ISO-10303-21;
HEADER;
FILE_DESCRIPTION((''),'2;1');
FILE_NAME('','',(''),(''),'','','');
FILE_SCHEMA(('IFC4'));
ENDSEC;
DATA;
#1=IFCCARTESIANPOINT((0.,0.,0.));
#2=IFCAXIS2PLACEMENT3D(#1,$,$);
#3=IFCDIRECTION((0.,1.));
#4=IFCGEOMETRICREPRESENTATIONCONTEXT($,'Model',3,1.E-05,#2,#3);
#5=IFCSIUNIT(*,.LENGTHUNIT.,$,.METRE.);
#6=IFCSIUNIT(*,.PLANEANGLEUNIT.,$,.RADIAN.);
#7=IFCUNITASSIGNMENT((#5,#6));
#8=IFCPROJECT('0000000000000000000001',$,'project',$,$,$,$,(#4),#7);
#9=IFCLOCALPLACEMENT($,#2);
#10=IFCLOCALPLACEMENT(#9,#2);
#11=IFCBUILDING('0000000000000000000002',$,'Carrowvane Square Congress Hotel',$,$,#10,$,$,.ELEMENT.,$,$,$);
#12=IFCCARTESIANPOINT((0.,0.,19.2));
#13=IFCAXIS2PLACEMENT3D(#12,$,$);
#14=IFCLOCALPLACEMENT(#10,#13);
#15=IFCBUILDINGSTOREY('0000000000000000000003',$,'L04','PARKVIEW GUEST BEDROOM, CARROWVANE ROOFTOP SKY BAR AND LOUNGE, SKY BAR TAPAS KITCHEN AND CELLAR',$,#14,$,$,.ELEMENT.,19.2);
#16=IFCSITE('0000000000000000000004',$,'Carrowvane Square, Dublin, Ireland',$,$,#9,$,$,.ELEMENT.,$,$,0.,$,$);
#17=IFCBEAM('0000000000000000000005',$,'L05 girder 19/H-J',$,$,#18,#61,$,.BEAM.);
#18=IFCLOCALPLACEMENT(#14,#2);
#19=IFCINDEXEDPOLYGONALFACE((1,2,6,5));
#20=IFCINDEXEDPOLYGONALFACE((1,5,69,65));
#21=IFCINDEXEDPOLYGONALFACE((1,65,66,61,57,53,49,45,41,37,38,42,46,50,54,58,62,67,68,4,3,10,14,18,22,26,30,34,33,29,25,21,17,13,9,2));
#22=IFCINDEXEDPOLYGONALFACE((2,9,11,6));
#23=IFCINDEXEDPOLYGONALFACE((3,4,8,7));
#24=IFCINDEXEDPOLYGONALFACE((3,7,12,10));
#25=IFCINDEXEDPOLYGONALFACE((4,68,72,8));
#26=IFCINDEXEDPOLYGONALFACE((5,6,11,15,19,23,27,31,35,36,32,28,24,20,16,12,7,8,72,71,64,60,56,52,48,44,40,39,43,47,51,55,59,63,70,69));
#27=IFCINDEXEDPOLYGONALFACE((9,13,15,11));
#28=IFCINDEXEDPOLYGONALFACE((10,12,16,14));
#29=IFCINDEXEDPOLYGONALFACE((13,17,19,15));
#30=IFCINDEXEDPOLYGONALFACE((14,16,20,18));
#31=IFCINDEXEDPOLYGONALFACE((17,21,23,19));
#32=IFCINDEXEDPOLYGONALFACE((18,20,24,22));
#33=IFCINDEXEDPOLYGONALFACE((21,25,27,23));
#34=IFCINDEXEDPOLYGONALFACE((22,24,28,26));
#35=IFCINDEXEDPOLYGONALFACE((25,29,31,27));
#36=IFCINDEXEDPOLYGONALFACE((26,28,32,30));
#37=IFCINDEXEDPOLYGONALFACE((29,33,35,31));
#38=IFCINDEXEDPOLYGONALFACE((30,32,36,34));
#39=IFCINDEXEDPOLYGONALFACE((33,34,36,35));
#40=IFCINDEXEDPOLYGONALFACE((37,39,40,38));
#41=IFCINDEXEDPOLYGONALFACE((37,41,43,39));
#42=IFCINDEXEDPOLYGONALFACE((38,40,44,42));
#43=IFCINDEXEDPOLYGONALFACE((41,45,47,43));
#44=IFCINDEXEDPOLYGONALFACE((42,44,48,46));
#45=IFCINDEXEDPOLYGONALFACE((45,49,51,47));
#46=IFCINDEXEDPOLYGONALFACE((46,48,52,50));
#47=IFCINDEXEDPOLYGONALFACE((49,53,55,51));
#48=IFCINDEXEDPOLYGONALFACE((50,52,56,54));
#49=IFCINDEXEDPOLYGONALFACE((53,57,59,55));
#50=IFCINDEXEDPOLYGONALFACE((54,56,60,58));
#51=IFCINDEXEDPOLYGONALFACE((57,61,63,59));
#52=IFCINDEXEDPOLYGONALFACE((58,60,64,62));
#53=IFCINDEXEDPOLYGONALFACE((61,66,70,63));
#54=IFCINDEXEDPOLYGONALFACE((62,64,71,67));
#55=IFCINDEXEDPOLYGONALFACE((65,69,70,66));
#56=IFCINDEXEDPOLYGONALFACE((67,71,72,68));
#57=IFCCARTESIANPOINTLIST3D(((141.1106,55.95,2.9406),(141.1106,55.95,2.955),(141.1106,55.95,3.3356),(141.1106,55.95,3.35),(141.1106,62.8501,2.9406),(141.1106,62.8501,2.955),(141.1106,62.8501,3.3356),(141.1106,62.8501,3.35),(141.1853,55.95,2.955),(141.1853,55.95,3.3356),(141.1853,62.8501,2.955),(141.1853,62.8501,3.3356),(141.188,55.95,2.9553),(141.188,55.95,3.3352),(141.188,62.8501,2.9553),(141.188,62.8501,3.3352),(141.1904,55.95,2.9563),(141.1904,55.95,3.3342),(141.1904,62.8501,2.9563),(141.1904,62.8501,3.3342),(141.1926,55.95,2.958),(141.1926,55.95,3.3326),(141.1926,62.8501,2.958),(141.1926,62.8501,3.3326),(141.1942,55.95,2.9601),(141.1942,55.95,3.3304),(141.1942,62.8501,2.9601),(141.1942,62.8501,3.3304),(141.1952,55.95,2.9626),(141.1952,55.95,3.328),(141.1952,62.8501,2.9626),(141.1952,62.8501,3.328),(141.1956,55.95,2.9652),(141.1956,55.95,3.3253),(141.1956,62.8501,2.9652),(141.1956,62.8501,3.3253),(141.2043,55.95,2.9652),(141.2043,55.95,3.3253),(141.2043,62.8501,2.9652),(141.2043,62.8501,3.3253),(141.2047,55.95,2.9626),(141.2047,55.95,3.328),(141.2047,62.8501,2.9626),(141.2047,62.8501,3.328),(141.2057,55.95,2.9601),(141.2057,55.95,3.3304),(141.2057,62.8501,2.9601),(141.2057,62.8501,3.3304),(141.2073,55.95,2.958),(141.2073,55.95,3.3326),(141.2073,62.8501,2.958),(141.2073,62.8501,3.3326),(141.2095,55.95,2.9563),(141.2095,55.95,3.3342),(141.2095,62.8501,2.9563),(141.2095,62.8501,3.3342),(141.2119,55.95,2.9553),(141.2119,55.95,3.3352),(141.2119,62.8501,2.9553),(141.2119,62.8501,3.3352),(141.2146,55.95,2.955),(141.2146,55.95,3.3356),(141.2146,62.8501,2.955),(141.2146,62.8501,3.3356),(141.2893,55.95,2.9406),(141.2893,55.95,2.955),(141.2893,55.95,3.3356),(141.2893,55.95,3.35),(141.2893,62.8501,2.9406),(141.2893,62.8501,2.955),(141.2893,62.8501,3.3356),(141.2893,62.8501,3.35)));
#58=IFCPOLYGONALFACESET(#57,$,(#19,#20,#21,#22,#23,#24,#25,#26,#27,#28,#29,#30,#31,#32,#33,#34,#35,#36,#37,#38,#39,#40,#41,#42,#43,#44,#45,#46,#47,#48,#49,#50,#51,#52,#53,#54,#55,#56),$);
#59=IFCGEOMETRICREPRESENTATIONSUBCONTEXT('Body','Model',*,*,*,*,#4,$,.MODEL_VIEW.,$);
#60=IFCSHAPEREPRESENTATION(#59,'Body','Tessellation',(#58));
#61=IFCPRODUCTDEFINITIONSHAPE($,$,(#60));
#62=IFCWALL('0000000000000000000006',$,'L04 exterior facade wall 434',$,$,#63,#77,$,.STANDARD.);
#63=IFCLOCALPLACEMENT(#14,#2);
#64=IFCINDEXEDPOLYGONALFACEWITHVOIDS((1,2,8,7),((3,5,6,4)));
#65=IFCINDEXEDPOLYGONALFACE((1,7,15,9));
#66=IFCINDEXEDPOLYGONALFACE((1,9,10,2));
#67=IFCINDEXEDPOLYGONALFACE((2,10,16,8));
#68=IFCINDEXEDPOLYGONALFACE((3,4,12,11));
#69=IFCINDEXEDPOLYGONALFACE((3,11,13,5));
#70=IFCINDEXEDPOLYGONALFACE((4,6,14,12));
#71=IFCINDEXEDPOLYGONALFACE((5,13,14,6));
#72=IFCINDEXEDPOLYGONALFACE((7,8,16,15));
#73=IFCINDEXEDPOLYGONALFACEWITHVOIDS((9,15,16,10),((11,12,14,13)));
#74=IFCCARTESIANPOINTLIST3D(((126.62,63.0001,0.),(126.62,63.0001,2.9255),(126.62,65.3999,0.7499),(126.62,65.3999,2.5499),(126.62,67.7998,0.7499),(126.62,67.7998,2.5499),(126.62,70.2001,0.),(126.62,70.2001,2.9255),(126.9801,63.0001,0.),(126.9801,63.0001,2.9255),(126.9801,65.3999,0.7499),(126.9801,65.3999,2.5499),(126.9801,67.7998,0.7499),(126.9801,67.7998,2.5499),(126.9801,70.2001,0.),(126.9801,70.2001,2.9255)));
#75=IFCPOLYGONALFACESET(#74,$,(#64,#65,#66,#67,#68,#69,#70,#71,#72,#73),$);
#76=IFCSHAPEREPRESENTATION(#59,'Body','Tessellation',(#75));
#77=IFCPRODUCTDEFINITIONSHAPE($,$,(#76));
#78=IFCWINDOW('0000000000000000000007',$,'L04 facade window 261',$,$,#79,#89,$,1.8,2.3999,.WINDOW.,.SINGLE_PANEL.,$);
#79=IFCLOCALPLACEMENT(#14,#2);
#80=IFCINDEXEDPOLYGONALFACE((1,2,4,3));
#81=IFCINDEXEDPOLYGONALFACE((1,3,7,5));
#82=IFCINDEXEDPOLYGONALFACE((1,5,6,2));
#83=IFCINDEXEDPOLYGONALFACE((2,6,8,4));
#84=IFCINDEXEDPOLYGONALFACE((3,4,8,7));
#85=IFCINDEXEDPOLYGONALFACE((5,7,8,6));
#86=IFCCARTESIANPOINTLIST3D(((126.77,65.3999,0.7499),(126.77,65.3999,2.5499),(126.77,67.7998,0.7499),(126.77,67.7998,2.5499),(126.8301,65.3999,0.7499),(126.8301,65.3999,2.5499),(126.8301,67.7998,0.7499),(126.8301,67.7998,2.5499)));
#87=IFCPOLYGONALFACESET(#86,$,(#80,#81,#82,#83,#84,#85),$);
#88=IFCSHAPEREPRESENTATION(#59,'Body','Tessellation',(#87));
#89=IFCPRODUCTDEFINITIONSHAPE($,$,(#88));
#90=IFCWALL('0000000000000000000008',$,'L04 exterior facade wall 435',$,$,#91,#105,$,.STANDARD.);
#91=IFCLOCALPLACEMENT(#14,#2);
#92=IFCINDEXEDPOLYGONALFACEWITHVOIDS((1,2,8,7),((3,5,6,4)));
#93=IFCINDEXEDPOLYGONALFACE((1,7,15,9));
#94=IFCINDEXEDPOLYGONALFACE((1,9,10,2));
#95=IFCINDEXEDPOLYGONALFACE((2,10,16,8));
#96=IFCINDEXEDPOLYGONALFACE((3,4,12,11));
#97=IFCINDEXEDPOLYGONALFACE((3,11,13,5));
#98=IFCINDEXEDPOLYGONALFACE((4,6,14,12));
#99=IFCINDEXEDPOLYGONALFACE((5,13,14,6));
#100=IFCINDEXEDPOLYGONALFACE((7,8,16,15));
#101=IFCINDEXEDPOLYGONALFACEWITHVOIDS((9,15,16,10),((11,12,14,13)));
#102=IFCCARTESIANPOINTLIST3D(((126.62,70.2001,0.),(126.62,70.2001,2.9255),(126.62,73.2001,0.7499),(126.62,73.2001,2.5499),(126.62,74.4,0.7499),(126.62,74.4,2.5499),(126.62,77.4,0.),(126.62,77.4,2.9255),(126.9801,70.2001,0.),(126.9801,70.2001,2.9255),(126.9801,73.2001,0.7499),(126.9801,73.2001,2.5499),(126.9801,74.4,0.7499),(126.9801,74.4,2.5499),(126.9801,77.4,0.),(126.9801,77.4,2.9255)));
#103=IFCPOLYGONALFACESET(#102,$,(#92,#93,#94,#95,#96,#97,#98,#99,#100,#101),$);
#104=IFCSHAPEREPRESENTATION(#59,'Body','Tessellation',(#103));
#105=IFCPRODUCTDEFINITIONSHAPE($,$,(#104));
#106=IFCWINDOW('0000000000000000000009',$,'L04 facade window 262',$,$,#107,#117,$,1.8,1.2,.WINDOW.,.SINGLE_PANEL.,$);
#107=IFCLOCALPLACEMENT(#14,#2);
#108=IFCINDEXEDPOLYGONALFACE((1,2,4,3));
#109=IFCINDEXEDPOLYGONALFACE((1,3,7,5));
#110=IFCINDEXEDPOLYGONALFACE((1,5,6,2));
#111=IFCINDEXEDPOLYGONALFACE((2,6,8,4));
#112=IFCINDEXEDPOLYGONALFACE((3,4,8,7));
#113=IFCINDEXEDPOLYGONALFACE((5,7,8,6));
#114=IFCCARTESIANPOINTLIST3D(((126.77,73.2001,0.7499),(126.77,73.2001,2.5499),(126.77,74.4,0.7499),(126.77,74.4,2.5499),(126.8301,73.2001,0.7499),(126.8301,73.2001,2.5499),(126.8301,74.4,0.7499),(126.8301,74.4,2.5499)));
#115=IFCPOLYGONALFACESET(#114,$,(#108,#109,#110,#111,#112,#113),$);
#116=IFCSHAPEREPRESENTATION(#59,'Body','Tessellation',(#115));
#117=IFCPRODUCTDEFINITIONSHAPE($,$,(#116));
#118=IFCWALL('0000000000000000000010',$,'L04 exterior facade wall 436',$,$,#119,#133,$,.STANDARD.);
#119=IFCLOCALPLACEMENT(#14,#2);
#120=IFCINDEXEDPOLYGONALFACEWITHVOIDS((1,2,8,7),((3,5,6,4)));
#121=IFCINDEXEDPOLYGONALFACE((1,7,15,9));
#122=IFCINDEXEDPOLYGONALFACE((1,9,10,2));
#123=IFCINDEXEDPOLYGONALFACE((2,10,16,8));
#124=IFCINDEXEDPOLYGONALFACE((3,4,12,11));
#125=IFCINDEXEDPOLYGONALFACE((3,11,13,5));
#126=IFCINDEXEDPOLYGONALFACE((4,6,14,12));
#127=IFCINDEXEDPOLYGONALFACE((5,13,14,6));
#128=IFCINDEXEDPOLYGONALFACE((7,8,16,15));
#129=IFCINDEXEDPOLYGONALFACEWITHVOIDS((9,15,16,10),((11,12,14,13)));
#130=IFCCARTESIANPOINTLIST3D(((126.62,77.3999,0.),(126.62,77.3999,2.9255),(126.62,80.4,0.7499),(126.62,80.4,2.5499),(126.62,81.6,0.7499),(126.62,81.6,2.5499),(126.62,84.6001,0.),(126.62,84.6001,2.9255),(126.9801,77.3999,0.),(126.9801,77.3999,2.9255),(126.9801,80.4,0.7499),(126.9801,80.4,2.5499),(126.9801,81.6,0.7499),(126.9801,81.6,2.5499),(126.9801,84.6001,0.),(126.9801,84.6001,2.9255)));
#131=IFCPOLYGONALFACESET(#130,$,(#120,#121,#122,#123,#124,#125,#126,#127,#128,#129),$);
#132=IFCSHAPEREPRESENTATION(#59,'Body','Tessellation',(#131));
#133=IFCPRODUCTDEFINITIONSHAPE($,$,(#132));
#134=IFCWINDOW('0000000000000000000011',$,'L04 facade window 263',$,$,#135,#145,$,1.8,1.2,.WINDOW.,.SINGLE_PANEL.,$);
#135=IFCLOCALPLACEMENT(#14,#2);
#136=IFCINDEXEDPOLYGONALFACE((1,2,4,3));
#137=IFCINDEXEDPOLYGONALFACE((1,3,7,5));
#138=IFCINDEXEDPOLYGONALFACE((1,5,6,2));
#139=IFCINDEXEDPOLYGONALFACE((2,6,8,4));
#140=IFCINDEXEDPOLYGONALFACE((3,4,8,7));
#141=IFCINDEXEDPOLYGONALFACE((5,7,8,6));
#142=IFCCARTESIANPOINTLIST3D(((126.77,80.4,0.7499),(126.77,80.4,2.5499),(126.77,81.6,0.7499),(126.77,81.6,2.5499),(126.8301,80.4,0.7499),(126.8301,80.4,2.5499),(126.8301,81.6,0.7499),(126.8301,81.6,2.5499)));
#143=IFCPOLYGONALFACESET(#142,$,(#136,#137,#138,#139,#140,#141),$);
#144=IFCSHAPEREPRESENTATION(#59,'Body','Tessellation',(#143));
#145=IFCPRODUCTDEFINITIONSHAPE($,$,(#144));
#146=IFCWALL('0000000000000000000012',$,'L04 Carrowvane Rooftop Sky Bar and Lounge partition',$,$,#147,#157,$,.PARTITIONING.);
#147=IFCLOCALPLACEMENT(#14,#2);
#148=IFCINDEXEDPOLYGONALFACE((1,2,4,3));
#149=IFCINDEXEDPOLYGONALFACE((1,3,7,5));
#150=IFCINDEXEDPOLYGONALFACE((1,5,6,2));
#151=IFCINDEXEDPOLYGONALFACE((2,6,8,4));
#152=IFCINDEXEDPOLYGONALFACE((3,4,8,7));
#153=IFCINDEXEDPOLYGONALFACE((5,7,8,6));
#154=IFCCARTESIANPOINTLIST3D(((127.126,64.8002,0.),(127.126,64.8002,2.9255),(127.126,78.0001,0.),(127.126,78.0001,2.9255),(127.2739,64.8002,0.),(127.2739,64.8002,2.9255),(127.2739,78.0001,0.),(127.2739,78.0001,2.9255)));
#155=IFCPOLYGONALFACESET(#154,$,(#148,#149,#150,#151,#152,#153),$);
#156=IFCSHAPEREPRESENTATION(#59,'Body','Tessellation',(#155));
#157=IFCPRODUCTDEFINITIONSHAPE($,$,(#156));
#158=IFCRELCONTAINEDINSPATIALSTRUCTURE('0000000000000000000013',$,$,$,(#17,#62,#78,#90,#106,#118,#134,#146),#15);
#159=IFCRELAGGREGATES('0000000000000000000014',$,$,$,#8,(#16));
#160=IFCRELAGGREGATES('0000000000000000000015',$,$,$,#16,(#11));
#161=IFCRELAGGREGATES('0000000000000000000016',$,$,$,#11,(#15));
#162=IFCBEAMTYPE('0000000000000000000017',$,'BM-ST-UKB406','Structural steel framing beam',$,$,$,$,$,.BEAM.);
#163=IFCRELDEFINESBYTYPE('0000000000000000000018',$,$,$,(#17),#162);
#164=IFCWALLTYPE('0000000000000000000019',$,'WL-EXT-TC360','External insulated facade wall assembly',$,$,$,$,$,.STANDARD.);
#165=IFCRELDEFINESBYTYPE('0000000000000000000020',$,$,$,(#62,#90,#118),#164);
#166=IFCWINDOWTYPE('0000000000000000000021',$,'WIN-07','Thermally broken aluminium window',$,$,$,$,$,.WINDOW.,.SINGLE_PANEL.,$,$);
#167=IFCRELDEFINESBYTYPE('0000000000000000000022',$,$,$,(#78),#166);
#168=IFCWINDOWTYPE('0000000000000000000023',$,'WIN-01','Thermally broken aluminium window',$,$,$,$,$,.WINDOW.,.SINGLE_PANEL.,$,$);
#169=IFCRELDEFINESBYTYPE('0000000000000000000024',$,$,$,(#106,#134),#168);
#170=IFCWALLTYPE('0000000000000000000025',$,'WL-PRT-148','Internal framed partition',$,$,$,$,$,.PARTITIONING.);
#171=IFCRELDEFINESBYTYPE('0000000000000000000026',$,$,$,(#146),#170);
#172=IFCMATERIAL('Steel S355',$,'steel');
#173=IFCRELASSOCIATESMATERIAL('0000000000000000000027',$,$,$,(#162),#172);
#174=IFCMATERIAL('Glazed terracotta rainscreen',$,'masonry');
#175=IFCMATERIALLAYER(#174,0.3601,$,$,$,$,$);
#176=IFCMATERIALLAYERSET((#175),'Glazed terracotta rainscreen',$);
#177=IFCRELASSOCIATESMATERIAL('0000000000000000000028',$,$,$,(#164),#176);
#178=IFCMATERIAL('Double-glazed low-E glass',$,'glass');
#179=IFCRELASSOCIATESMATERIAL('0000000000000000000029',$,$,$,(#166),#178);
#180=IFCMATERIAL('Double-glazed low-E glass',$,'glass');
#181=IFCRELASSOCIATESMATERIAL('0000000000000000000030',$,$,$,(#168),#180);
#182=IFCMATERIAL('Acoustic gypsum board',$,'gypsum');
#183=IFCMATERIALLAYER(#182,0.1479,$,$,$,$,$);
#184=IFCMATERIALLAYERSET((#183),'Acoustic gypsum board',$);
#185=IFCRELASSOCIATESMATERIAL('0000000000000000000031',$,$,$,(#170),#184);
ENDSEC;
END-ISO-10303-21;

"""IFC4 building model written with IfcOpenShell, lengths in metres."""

from ifc_helpers import new_model, si_unit, direction, frame, frame_2d, origin, origin_2d, place, context, subcontext, project, spatial, rectangle, i_section, extrude, material, layer, layer_set, material_profile, profile_set, type_object, element, fill, save


model = new_model("IFC4")

# Units and contexts
model_context = context("Model", 3, precision=1e-05, world=origin(), true_north=direction((0.0, 1.0)))
body_context = subcontext(model_context, "Body", "Model", "MODEL_VIEW")
ifc_project = project(units=[si_unit("LENGTHUNIT", "METRE"), si_unit("PLANEANGLEUNIT", "RADIAN")], contexts=[model_context])

# Site, building, storey
site_placement = place(None, origin())
site = spatial("IfcSite", under=ifc_project, at=site_placement, Name="Carrowvane Square, Dublin, Ireland", CompositionType="ELEMENT", RefElevation=0.0)
building_placement = place(site_placement, origin())
building = spatial("IfcBuilding", under=site, at=building_placement, Name="Carrowvane Square Congress Hotel", CompositionType="ELEMENT")
storey_placement = place(building_placement, frame((0.0, 0.0, 19.2)))
storey = spatial("IfcBuildingStorey", under=building, at=storey_placement, Name="L04", Description="PARKVIEW GUEST BEDROOM, CARROWVANE ROOFTOP SKY BAR AND LOUNGE, SKY BAR TAPAS KITCHEN AND CELLAR", CompositionType="ELEMENT", Elevation=19.2)

# Beam
ifc_material_1 = material(Name="Steel S355", Category="steel")
ifc_material_profile_1 = material_profile(ifc_material_1, i_section(OverallWidth=0.1787, OverallDepth=0.4094, WebThickness=0.0088, FlangeThickness=0.0144, FilletRadius=0.0103, at=origin_2d()), Name="UKB 406x178x67")
ifc_profile_set_1 = profile_set([ifc_material_profile_1], Name="Steel S355")
beam_type_1 = type_object("IfcBeamType", Name="BM-ST-UKB406", Description="Structural steel framing beam", PredefinedType="BEAM", material=ifc_profile_set_1)
beam_1_placement = place(storey_placement, frame((141.2, 55.95, 3.1453), z_axis=(0.0, 1.0, 0.0), x_axis=(-1.0, 0.0, 0.0)))
element("IfcBeam", 1, at=beam_1_placement, inside=storey, type_object=beam_type_1, Name="L05 girder 19/H-J", PredefinedType="BEAM", context=body_context, shape_type="SweptSolid", body=[
    extrude(i_section(OverallWidth=0.1787, OverallDepth=0.4094, WebThickness=0.0088, FlangeThickness=0.0144, FilletRadius=0.0103, at=origin_2d()), origin(), (0.0, 0.0, 1.0), 6.9001),
])

# Walls, openings, windows
ifc_material_2 = material(Name="Glazed terracotta rainscreen", Category="masonry")
ifc_layer_1 = layer(ifc_material_2, 0.3601)
ifc_layer_set_1 = layer_set([ifc_layer_1], Name="Glazed terracotta rainscreen")
wall_type_1 = type_object("IfcWallType", Name="WL-EXT-TC360", Description="External insulated facade wall assembly", PredefinedType="STANDARD", material=ifc_layer_set_1)
wall_1_placement = place(storey_placement, frame((126.8, 63.0, 0.0), z_axis=(0.0, 0.0, 1.0), x_axis=(0.0, 1.0, 0.0)))
wall_1 = element("IfcWall", 2, at=wall_1_placement, inside=storey, type_object=wall_type_1, Name="L04 exterior facade wall 434", PredefinedType="STANDARD", context=body_context, shape_type="SweptSolid", body=[
    extrude(rectangle(XDim=7.2, YDim=0.3601, at=frame_2d((3.6001, 0.0))), origin(), (0.0, 0.0, 1.0), 2.9255),
])
opening_1_placement = place(wall_1_placement, frame((2.3999, 0.0, 0.75)))
opening_1 = element("IfcOpeningElement", 3, at=opening_1_placement, cuts=wall_1, PredefinedType="OPENING", context=body_context, shape_type="SweptSolid", body=[
    extrude(rectangle(XDim=2.3999, YDim=1.8, at=frame_2d((1.2, 0.8999))), frame((0.0, 0.1899, 0.0), z_axis=(0.0, -1.0, 0.0), x_axis=(1.0, 0.0, 0.0)), (0.0, 0.0, 1.0), 0.3801),
])
ifc_material_3 = material(Name="Double-glazed low-E glass", Category="glass")
window_type_1 = type_object("IfcWindowType", Name="WIN-07", Description="Thermally broken aluminium window", PartitioningType="SINGLE_PANEL", PredefinedType="WINDOW", material=ifc_material_3)
window_1_placement = place(opening_1_placement, origin())
window_1 = element("IfcWindow", 4, at=window_1_placement, inside=storey, type_object=window_type_1, Name="L04 facade window 261", OverallHeight=1.8, OverallWidth=2.3999, PartitioningType="SINGLE_PANEL", PredefinedType="WINDOW", context=body_context, shape_type="SweptSolid", body=[
    extrude(rectangle(XDim=2.3999, YDim=1.8, at=frame_2d((1.2, 0.8999))), frame((0.0, 0.03, 0.0), z_axis=(0.0, -1.0, 0.0), x_axis=(1.0, 0.0, 0.0)), (0.0, 0.0, 1.0), 0.0601),
])
fill(opening_1, window_1)
wall_2_placement = place(storey_placement, frame((126.8, 70.2, 0.0), z_axis=(0.0, 0.0, 1.0), x_axis=(0.0, 1.0, 0.0)))
wall_2 = element("IfcWall", 5, at=wall_2_placement, inside=storey, type_object=wall_type_1, Name="L04 exterior facade wall 435", PredefinedType="STANDARD", context=body_context, shape_type="SweptSolid", body=[
    extrude(rectangle(XDim=7.2, YDim=0.3601, at=frame_2d((3.6001, 0.0))), origin(), (0.0, 0.0, 1.0), 2.9255),
])
opening_2_placement = place(wall_2_placement, frame((3.0, 0.0, 0.75)))
opening_2 = element("IfcOpeningElement", 6, at=opening_2_placement, cuts=wall_2, PredefinedType="OPENING", context=body_context, shape_type="SweptSolid", body=[
    extrude(rectangle(XDim=1.2, YDim=1.8, at=frame_2d((0.6001, 0.8999))), frame((0.0, 0.1899, 0.0), z_axis=(0.0, -1.0, 0.0), x_axis=(1.0, 0.0, 0.0)), (0.0, 0.0, 1.0), 0.3801),
])
ifc_material_4 = material(Name="Double-glazed low-E glass", Category="glass")
window_type_2 = type_object("IfcWindowType", Name="WIN-01", Description="Thermally broken aluminium window", PartitioningType="SINGLE_PANEL", PredefinedType="WINDOW", material=ifc_material_4)
window_2_placement = place(opening_2_placement, origin())
window_2 = element("IfcWindow", 7, at=window_2_placement, inside=storey, type_object=window_type_2, Name="L04 facade window 262", OverallHeight=1.8, OverallWidth=1.2, PartitioningType="SINGLE_PANEL", PredefinedType="WINDOW", context=body_context, shape_type="SweptSolid", body=[
    extrude(rectangle(XDim=1.2, YDim=1.8, at=frame_2d((0.6001, 0.8999))), frame((0.0, 0.03, 0.0), z_axis=(0.0, -1.0, 0.0), x_axis=(1.0, 0.0, 0.0)), (0.0, 0.0, 1.0), 0.0601),
])
fill(opening_2, window_2)
wall_3_placement = place(storey_placement, frame((126.8, 77.3999, 0.0), z_axis=(0.0, 0.0, 1.0), x_axis=(0.0, 1.0, 0.0)))
wall_3 = element("IfcWall", 8, at=wall_3_placement, inside=storey, type_object=wall_type_1, Name="L04 exterior facade wall 436", PredefinedType="STANDARD", context=body_context, shape_type="SweptSolid", body=[
    extrude(rectangle(XDim=7.2002, YDim=0.3601, at=frame_2d((3.6001, 0.0))), origin(), (0.0, 0.0, 1.0), 2.9255),
])
opening_3_placement = place(wall_3_placement, frame((3.0, 0.0, 0.75)))
opening_3 = element("IfcOpeningElement", 9, at=opening_3_placement, cuts=wall_3, PredefinedType="OPENING", context=body_context, shape_type="SweptSolid", body=[
    extrude(rectangle(XDim=1.2, YDim=1.8, at=frame_2d((0.6001, 0.8999))), frame((0.0, 0.1899, 0.0), z_axis=(0.0, -1.0, 0.0), x_axis=(1.0, 0.0, 0.0)), (0.0, 0.0, 1.0), 0.3801),
])
window_3_placement = place(opening_3_placement, origin())
window_3 = element("IfcWindow", 10, at=window_3_placement, inside=storey, type_object=window_type_2, Name="L04 facade window 263", OverallHeight=1.8, OverallWidth=1.2, PartitioningType="SINGLE_PANEL", PredefinedType="WINDOW", context=body_context, shape_type="SweptSolid", body=[
    extrude(rectangle(XDim=1.2, YDim=1.8, at=frame_2d((0.6001, 0.8999))), frame((0.0, 0.03, 0.0), z_axis=(0.0, -1.0, 0.0), x_axis=(1.0, 0.0, 0.0)), (0.0, 0.0, 1.0), 0.0601),
])
fill(opening_3, window_3)

# Wall
ifc_material_5 = material(Name="Acoustic gypsum board", Category="gypsum")
ifc_layer_2 = layer(ifc_material_5, 0.1479)
ifc_layer_set_2 = layer_set([ifc_layer_2], Name="Acoustic gypsum board")
wall_type_2 = type_object("IfcWallType", Name="WL-PRT-148", Description="Internal framed partition", PredefinedType="PARTITIONING", material=ifc_layer_set_2)
wall_4_placement = place(storey_placement, frame((127.2, 64.8, 0.0), z_axis=(0.0, 0.0, 1.0), x_axis=(0.0, 1.0, 0.0)))
element("IfcWall", 11, at=wall_4_placement, inside=storey, type_object=wall_type_2, Name="L04 Carrowvane Rooftop Sky Bar and Lounge partition", PredefinedType="PARTITIONING", context=body_context, shape_type="SweptSolid", body=[
    extrude(rectangle(XDim=13.2, YDim=0.1479, at=frame_2d((6.6001, 0.0))), origin(), (0.0, 0.0, 1.0), 2.9255),
])

save(model, "model.ifc")
